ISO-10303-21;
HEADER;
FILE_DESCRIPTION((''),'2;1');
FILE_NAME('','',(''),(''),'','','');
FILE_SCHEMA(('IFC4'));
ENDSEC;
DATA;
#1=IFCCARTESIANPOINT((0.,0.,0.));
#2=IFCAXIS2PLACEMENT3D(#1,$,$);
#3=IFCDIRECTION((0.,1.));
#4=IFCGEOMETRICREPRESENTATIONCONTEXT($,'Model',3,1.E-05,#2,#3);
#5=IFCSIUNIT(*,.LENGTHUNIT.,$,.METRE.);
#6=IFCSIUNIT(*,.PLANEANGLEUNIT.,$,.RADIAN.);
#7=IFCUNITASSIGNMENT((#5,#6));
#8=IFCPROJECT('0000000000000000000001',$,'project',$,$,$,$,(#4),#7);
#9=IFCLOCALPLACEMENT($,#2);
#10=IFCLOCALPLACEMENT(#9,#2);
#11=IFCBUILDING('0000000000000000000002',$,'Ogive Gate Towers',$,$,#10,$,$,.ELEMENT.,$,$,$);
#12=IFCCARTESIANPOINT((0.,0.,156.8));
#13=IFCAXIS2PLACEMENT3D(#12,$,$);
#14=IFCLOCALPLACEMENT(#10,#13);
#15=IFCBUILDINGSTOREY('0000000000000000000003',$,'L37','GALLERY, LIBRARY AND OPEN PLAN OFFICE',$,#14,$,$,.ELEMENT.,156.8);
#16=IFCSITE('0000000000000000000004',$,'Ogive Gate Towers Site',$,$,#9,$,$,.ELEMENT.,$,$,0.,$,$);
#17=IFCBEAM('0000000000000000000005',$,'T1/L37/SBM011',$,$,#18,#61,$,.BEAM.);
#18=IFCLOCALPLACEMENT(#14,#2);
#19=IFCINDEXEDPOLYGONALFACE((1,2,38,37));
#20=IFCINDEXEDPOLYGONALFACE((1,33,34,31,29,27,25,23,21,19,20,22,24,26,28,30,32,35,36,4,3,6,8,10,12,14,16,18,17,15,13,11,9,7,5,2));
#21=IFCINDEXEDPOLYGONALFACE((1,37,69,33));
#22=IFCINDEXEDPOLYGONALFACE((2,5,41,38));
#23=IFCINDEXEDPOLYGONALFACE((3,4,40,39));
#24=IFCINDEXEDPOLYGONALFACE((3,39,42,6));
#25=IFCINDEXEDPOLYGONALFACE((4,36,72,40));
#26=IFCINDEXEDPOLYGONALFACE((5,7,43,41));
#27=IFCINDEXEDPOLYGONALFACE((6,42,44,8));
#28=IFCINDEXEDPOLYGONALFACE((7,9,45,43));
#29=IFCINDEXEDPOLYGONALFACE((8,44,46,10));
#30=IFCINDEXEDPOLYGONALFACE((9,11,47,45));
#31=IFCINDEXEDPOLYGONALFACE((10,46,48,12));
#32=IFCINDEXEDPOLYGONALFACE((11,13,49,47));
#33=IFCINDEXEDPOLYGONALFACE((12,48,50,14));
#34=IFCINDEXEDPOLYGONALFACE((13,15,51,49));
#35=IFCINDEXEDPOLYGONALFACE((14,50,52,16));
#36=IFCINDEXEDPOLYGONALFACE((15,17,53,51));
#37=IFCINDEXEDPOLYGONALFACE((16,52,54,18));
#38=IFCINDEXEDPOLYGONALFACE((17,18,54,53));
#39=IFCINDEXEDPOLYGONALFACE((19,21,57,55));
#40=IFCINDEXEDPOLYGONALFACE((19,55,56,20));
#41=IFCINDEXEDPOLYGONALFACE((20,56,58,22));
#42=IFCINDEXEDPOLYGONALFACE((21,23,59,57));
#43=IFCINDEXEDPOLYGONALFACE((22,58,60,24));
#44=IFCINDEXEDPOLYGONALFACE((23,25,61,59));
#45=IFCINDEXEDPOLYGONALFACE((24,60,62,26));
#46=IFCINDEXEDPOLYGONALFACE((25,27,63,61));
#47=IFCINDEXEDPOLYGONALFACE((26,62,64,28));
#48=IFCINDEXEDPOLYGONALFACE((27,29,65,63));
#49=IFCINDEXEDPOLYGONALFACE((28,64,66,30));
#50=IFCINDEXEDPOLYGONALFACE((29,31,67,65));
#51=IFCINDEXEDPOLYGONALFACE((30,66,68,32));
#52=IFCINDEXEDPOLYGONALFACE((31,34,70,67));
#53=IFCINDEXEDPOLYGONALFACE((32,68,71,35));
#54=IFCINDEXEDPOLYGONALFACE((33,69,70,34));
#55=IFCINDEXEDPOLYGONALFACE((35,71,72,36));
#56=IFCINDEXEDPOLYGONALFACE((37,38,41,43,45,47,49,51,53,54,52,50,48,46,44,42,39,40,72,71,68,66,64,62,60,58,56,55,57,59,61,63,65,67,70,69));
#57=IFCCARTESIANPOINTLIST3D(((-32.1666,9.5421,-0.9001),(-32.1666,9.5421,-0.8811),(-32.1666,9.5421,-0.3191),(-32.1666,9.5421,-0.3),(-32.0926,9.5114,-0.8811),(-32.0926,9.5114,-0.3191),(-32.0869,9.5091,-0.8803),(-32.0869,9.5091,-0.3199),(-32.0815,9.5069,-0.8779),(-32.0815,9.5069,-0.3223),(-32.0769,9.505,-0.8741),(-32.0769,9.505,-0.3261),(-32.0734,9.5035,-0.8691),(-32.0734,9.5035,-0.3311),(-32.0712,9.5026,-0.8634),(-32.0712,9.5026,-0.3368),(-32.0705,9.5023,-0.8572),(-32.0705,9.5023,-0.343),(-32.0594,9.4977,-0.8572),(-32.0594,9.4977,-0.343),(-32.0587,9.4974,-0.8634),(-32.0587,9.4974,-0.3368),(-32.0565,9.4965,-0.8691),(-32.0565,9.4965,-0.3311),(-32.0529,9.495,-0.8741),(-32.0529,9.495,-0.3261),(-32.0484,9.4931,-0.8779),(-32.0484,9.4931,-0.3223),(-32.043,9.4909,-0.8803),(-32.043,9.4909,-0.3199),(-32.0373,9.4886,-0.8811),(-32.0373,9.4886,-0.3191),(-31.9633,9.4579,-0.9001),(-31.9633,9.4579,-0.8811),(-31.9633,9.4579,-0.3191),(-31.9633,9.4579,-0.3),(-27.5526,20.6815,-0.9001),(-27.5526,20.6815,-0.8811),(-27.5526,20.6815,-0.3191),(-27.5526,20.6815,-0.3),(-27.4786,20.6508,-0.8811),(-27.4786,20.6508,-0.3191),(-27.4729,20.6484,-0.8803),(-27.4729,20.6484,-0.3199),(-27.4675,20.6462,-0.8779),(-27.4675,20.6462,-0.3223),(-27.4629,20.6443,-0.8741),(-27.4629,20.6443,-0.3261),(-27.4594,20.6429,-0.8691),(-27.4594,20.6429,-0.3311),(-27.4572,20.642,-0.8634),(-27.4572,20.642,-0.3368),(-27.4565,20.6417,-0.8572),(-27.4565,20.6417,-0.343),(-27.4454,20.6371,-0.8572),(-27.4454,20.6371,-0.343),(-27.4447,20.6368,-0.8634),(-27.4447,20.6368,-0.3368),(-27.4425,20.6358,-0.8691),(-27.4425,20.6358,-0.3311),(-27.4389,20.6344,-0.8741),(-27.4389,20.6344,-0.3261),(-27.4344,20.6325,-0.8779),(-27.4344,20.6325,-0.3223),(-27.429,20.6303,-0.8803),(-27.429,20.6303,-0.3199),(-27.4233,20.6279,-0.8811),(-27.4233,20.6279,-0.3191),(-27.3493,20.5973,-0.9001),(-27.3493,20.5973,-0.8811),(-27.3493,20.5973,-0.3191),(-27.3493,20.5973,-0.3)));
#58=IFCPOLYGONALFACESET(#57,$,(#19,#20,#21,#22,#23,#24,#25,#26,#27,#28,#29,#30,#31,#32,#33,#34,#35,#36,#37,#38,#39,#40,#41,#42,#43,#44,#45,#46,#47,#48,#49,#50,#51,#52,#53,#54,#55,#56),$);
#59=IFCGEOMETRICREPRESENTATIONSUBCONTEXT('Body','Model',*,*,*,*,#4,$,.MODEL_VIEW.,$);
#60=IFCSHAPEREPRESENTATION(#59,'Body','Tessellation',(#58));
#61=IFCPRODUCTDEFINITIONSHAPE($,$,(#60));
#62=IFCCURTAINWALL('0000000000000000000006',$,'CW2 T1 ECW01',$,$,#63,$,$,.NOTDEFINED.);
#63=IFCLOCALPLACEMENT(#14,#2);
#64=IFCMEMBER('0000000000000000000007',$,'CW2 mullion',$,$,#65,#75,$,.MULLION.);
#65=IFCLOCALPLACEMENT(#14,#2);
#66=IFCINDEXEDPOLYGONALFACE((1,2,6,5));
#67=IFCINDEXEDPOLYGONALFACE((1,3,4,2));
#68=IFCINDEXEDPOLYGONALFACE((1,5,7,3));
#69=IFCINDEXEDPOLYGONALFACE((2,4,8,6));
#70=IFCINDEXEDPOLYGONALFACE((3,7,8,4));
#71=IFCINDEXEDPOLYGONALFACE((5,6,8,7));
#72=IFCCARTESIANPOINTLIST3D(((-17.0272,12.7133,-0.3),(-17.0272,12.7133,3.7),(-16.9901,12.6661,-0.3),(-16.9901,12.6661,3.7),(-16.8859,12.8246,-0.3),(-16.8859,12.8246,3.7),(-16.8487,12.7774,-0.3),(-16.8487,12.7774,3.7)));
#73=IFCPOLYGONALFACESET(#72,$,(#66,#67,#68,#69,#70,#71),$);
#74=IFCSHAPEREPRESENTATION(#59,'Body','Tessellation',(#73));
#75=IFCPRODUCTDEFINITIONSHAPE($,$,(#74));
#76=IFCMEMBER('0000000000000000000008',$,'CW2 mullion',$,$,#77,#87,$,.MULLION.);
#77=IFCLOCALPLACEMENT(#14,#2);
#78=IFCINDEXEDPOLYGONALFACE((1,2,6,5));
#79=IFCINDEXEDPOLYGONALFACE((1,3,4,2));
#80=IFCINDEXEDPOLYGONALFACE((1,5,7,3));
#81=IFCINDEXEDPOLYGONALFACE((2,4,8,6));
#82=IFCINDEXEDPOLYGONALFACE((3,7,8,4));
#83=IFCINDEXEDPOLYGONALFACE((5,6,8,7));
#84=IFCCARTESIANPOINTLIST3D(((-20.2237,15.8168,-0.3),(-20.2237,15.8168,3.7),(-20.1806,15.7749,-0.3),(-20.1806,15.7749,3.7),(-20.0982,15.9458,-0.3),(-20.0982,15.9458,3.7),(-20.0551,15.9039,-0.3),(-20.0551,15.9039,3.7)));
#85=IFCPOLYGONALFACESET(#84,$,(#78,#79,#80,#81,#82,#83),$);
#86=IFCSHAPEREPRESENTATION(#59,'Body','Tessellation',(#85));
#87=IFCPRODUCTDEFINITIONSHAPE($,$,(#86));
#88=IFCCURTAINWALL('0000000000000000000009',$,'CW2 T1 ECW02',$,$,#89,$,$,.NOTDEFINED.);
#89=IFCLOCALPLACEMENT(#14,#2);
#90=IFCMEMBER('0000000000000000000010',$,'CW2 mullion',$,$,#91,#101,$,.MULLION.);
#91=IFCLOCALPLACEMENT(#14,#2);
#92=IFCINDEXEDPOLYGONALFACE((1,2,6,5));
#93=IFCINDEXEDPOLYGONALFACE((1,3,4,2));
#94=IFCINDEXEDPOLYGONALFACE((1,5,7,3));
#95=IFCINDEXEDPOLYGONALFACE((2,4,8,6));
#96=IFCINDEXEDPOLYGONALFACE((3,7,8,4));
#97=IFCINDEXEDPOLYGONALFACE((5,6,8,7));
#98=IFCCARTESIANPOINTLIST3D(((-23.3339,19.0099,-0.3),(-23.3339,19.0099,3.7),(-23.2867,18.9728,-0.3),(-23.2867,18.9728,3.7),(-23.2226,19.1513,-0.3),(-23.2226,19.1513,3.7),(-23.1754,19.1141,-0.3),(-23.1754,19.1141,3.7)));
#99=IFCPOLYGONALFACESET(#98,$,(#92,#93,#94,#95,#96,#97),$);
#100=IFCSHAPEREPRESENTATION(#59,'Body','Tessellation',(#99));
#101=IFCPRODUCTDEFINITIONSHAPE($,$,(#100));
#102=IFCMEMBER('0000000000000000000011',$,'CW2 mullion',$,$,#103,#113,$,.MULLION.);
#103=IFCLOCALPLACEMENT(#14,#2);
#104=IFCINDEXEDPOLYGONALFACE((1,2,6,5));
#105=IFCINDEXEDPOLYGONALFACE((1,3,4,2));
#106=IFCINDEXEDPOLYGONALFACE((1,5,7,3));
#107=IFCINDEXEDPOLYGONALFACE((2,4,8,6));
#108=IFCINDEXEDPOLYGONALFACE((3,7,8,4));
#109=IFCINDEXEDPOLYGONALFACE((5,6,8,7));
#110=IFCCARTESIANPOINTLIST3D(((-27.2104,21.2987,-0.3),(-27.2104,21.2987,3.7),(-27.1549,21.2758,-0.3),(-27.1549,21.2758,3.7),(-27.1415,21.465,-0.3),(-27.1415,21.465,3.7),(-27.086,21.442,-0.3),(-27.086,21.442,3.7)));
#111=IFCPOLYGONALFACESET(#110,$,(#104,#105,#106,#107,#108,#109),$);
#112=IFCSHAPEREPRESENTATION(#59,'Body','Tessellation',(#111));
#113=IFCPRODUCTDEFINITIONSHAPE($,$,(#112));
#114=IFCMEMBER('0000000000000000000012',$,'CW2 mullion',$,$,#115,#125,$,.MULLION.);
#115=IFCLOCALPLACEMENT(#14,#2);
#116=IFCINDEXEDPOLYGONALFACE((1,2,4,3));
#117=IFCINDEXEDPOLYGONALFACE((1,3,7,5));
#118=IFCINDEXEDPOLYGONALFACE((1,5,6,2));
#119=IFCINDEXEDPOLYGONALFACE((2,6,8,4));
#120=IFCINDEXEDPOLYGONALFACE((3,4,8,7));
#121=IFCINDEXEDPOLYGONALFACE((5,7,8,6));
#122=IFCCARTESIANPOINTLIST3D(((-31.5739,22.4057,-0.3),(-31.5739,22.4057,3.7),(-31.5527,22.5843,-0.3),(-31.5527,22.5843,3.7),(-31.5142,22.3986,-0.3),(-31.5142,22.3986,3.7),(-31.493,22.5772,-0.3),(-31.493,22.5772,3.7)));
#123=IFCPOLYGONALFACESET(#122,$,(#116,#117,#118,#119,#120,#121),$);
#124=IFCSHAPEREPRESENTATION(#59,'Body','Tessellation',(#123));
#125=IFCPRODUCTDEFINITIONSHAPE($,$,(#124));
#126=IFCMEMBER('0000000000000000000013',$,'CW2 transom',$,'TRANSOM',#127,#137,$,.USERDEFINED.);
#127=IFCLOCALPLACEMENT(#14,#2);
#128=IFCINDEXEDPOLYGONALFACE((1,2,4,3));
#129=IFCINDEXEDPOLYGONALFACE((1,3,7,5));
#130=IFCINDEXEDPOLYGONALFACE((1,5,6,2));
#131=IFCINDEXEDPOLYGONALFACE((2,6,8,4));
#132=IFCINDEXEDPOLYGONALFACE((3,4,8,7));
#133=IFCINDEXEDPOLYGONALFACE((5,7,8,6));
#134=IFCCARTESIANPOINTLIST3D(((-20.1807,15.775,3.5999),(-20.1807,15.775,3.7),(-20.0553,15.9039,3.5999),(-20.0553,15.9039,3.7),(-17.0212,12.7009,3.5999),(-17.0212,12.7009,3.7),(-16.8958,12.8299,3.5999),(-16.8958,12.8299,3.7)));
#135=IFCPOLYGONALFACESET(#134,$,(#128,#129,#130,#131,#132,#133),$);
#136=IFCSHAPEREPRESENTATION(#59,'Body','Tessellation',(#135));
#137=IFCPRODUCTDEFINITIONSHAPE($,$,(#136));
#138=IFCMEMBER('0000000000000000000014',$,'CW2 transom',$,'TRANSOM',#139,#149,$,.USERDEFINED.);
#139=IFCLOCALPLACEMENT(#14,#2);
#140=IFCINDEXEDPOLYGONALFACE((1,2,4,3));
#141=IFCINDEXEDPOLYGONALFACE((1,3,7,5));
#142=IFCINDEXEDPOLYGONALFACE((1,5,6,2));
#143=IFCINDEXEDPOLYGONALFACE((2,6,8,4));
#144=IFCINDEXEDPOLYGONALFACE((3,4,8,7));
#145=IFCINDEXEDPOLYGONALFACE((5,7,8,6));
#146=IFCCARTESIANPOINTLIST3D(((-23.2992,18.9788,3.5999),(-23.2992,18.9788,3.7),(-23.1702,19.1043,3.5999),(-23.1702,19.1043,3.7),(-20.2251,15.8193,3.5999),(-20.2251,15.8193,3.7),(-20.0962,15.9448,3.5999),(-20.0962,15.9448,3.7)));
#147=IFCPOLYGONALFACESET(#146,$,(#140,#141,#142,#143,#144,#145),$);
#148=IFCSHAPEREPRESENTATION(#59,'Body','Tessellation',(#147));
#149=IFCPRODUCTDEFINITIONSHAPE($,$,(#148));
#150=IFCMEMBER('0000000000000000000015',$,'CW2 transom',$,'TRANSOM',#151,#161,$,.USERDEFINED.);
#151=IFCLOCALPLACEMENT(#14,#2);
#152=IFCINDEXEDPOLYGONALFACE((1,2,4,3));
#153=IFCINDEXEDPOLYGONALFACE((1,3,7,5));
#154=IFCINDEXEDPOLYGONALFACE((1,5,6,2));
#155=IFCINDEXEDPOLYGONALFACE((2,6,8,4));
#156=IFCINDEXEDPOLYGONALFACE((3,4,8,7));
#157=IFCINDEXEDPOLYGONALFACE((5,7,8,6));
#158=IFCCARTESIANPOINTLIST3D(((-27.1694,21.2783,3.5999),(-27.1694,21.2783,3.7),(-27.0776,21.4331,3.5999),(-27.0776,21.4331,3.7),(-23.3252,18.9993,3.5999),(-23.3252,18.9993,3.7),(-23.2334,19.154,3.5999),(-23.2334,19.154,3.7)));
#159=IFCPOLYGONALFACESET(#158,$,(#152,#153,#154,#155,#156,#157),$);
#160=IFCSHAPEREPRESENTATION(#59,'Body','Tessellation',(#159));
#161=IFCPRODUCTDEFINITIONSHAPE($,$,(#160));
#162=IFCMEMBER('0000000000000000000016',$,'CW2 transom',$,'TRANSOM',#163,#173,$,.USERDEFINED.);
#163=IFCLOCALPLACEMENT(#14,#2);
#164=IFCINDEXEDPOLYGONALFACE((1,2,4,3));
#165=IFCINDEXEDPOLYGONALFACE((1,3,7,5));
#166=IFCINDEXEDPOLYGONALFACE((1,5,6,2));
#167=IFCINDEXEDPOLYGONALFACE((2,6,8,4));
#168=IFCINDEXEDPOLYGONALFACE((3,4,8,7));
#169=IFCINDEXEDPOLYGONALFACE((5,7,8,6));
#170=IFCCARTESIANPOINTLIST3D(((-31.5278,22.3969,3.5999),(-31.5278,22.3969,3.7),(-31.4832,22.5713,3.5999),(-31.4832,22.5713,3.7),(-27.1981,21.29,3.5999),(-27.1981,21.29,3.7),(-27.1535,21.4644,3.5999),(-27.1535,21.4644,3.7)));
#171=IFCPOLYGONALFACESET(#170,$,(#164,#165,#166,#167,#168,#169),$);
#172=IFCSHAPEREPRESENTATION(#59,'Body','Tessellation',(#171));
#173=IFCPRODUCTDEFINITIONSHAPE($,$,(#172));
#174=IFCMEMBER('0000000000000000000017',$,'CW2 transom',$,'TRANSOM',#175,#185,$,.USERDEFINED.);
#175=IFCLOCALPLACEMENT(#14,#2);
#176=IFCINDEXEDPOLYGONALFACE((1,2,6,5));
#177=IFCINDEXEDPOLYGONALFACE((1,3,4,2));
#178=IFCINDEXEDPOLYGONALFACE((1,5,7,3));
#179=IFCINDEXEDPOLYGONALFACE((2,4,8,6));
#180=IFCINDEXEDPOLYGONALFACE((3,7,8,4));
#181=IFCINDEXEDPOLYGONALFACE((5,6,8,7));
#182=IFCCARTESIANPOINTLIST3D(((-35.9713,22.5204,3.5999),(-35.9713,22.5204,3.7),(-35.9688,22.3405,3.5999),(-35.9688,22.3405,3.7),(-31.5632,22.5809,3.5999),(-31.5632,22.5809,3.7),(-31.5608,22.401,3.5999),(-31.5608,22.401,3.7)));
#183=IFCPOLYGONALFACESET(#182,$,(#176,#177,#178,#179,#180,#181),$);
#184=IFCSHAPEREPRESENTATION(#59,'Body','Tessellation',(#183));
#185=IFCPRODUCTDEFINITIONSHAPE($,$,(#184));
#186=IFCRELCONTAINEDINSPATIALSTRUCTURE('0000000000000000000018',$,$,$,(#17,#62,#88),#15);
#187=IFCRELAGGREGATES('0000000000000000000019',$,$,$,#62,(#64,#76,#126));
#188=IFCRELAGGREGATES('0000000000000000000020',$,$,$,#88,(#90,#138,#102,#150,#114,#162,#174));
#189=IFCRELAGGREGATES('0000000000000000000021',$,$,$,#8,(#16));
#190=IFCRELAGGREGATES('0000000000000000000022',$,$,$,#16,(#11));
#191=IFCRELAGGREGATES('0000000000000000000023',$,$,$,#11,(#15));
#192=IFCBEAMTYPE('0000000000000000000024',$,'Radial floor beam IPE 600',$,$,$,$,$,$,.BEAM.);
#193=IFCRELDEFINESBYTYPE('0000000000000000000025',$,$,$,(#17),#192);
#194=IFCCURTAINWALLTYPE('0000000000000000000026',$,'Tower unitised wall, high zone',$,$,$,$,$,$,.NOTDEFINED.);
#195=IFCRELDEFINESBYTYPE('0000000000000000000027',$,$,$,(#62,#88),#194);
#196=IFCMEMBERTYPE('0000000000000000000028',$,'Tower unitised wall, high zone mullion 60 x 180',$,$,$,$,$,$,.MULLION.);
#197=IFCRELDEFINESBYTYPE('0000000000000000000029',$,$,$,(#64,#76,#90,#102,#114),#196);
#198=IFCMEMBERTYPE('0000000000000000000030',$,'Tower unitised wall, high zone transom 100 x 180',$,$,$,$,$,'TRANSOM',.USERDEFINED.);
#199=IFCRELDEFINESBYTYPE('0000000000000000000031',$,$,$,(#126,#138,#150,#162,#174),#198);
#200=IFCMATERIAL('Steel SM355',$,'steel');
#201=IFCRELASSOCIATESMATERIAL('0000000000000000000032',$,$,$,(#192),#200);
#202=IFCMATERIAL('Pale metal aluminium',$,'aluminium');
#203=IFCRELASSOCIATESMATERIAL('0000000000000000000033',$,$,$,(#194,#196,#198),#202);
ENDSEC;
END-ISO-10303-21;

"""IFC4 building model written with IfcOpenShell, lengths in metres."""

from ifc_helpers import new_model, si_unit, direction, frame, origin, origin_2d, place, context, subcontext, project, spatial, rectangle, i_section, extrude, material, material_profile, profile_set, type_object, element, aggregate, save


model = new_model("IFC4")

# Units and contexts
model_context = context("Model", 3, precision=1e-05, world=origin(), true_north=direction((0.0, 1.0)))
body_context = subcontext(model_context, "Body", "Model", "MODEL_VIEW")
ifc_project = project(units=[si_unit("LENGTHUNIT", "METRE"), si_unit("PLANEANGLEUNIT", "RADIAN")], contexts=[model_context])

# Site, building, storey
site_placement = place(None, origin())
site = spatial("IfcSite", under=ifc_project, at=site_placement, Name="Ogive Gate Towers Site", CompositionType="ELEMENT", RefElevation=0.0)
building_placement = place(site_placement, origin())
building = spatial("IfcBuilding", under=site, at=building_placement, Name="Ogive Gate Towers", CompositionType="ELEMENT")
storey_placement = place(building_placement, frame((0.0, 0.0, 156.8)))
storey = spatial("IfcBuildingStorey", under=building, at=storey_placement, Name="L37", Description="GALLERY, LIBRARY AND OPEN PLAN OFFICE", CompositionType="ELEMENT", Elevation=156.8)

# Beam
ifc_material_1 = material(Name="Steel SM355", Category="steel")
ifc_material_profile_1 = material_profile(ifc_material_1, i_section(OverallWidth=0.22, OverallDepth=0.6001, WebThickness=0.012, FlangeThickness=0.019, FilletRadius=0.0239, at=origin_2d()), Name="IPE 600")
ifc_profile_set_1 = profile_set([ifc_material_profile_1], Name="Steel SM355")
beam_type_1 = type_object("IfcBeamType", Name="Radial floor beam IPE 600", PredefinedType="BEAM", material=ifc_profile_set_1)
for number, where, z_axis, x_axis, name in (
    (1, (-32.0649, 9.5, -0.6001), (0.382678, 0.923882, 0.0), (-0.923882, 0.382678, 0.0), "T1/L37/SBM011"),
):
    element("IfcBeam", number, at=place(storey_placement, frame(where, z_axis=z_axis, x_axis=x_axis)), inside=storey, type_object=beam_type_1, Name=name, PredefinedType="BEAM", context=body_context, shape_type="SweptSolid", body=[
        extrude(i_section(OverallWidth=0.22, OverallDepth=0.6001, WebThickness=0.012, FlangeThickness=0.019, FilletRadius=0.0239, at=origin_2d()), origin(), (0.0, 0.0, 1.0), 12.0571),
    ])

# Curtain walls, members
ifc_material_2 = material(Name="Pale metal aluminium", Category="aluminium")
curtain_wall_type = type_object("IfcCurtainWallType", Name="Tower unitised wall, high zone", PredefinedType="NOTDEFINED", material=ifc_material_2)
curtain_wall_1_placement = place(storey_placement, origin())
curtain_wall_1 = element("IfcCurtainWall", 2, at=curtain_wall_1_placement, inside=storey, type_object=curtain_wall_type, Name="CW2 T1 ECW01", PredefinedType="NOTDEFINED")
ifc_material_profile_2 = material_profile(ifc_material_2, rectangle(XDim=0.1799, YDim=0.0601, at=origin_2d()), Name="60 x 180 aluminium box")
ifc_profile_set_2 = profile_set([ifc_material_profile_2], Name="Pale metal aluminium")
member_type_1 = type_object("IfcMemberType", Name="Tower unitised wall, high zone mullion 60 x 180", PredefinedType="MULLION", material=ifc_profile_set_2)
member_1_placement = place(storey_placement, frame((-16.938, 12.7454, -0.3), z_axis=(0.0, 0.0, 1.0), x_axis=(0.785619, 0.61871, 0.0)))
member_1 = element("IfcMember", 3, at=member_1_placement, type_object=member_type_1, Name="CW2 mullion", PredefinedType="MULLION", context=body_context, shape_type="SweptSolid", body=[
    extrude(rectangle(XDim=0.1799, YDim=0.0601, at=origin_2d()), origin(), (0.0, 0.0, 1.0), 4.0),
])
member_2_placement = place(storey_placement, frame((-20.1394, 15.8604, -0.3), z_axis=(0.0, 0.0, 1.0), x_axis=(0.697353, 0.716728, 0.0)))
member_2 = element("IfcMember", 4, at=member_2_placement, type_object=member_type_1, Name="CW2 mullion", PredefinedType="MULLION", context=body_context, shape_type="SweptSolid", body=[
    extrude(rectangle(XDim=0.1799, YDim=0.0601, at=origin_2d()), origin(), (0.0, 0.0, 1.0), 4.0),
])
curtain_wall_2_placement = place(storey_placement, origin())
curtain_wall_2 = element("IfcCurtainWall", 5, at=curtain_wall_2_placement, inside=storey, type_object=curtain_wall_type, Name="CW2 T1 ECW02", PredefinedType="NOTDEFINED")
member_3_placement = place(storey_placement, frame((-23.2546, 19.062, -0.3), z_axis=(0.0, 0.0, 1.0), x_axis=(0.61871, 0.785619, 0.0)))
member_3 = element("IfcMember", 6, at=member_3_placement, type_object=member_type_1, Name="CW2 mullion", PredefinedType="MULLION", context=body_context, shape_type="SweptSolid", body=[
    extrude(rectangle(XDim=0.1799, YDim=0.0601, at=origin_2d()), origin(), (0.0, 0.0, 1.0), 4.0),
])
member_4_placement = place(storey_placement, frame((-27.1482, 21.3704, -0.3), z_axis=(0.0, 0.0, 1.0), x_axis=(0.382683, 0.92388, 0.0)))
member_4 = element("IfcMember", 7, at=member_4_placement, type_object=member_type_1, Name="CW2 mullion", PredefinedType="MULLION", context=body_context, shape_type="SweptSolid", body=[
    extrude(rectangle(XDim=0.1799, YDim=0.0601, at=origin_2d()), origin(), (0.0, 0.0, 1.0), 4.0),
])
member_5_placement = place(storey_placement, frame((-31.5334, 22.4915, -0.3), z_axis=(0.0, 0.0, 1.0), x_axis=(0.118005, 0.993013, 0.0)))
member_5 = element("IfcMember", 8, at=member_5_placement, type_object=member_type_1, Name="CW2 mullion", PredefinedType="MULLION", context=body_context, shape_type="SweptSolid", body=[
    extrude(rectangle(XDim=0.1799, YDim=0.0601, at=origin_2d()), origin(), (0.0, 0.0, 1.0), 4.0),
])

# Members
ifc_material_profile_3 = material_profile(ifc_material_2, rectangle(XDim=0.1799, YDim=0.1001, at=origin_2d()), Name="100 x 180 aluminium box")
ifc_profile_set_3 = profile_set([ifc_material_profile_3], Name="Pale metal aluminium")
member_type_2 = type_object("IfcMemberType", Name="Tower unitised wall, high zone transom 100 x 180", ElementType="TRANSOM", PredefinedType="USERDEFINED", material=ifc_profile_set_3)
member_6_placement = place(storey_placement, frame((-16.9585, 12.7654, 3.6499), z_axis=(-0.716733, 0.697348, 0.0), x_axis=(-0.697348, -0.716733, 0.0)))
member_6 = element("IfcMember", 9, at=member_6_placement, type_object=member_type_2, Name="CW2 transom", ObjectType="TRANSOM", PredefinedType="USERDEFINED", context=body_context, shape_type="SweptSolid", body=[
    extrude(rectangle(XDim=0.1799, YDim=0.1001, at=origin_2d()), origin(), (0.0, 0.0, 1.0), 4.4082),
])
member_7_placement = place(storey_placement, frame((-20.1606, 15.8821, 3.6499), z_axis=(-0.697348, 0.716733, 0.0), x_axis=(-0.716733, -0.697348, 0.0)))
member_7 = element("IfcMember", 10, at=member_7_placement, type_object=member_type_2, Name="CW2 transom", ObjectType="TRANSOM", PredefinedType="USERDEFINED", context=body_context, shape_type="SweptSolid", body=[
    extrude(rectangle(XDim=0.1799, YDim=0.1001, at=origin_2d()), origin(), (0.0, 0.0, 1.0), 4.4082),
])
member_8_placement = place(storey_placement, frame((-23.2793, 19.0767, 3.6499), z_axis=(-0.860195, 0.509966, 0.0), x_axis=(-0.509966, -0.860195, 0.0)))
member_8 = element("IfcMember", 11, at=member_8_placement, type_object=member_type_2, Name="CW2 transom", ObjectType="TRANSOM", PredefinedType="USERDEFINED", context=body_context, shape_type="SweptSolid", body=[
    extrude(rectangle(XDim=0.1799, YDim=0.1001, at=origin_2d()), origin(), (0.0, 0.0, 1.0), 4.469),
])
member_9_placement = place(storey_placement, frame((-27.1758, 21.3772, 3.6499), z_axis=(-0.96884, 0.247687, 0.0), x_axis=(-0.247687, -0.96884, 0.0)))
member_9 = element("IfcMember", 12, at=member_9_placement, type_object=member_type_2, Name="CW2 transom", ObjectType="TRANSOM", PredefinedType="USERDEFINED", context=body_context, shape_type="SweptSolid", body=[
    extrude(rectangle(XDim=0.1799, YDim=0.1001, at=origin_2d()), origin(), (0.0, 0.0, 1.0), 4.469),
])
member_10_placement = place(storey_placement, frame((-31.562, 22.491, 3.6499), z_axis=(-0.999906, -0.013735, 0.0), x_axis=(0.013735, -0.999906, 0.0)))
member_10 = element("IfcMember", 13, at=member_10_placement, type_object=member_type_2, Name="CW2 transom", ObjectType="TRANSOM", PredefinedType="USERDEFINED", context=body_context, shape_type="SweptSolid", body=[
    extrude(rectangle(XDim=0.1799, YDim=0.1001, at=origin_2d()), origin(), (0.0, 0.0, 1.0), 4.4084),
])

aggregate(curtain_wall_1, [member_1, member_2, member_6])
aggregate(curtain_wall_2, [member_3, member_7, member_4, member_8, member_5, member_9, member_10])

save(model, "model.ifc")
